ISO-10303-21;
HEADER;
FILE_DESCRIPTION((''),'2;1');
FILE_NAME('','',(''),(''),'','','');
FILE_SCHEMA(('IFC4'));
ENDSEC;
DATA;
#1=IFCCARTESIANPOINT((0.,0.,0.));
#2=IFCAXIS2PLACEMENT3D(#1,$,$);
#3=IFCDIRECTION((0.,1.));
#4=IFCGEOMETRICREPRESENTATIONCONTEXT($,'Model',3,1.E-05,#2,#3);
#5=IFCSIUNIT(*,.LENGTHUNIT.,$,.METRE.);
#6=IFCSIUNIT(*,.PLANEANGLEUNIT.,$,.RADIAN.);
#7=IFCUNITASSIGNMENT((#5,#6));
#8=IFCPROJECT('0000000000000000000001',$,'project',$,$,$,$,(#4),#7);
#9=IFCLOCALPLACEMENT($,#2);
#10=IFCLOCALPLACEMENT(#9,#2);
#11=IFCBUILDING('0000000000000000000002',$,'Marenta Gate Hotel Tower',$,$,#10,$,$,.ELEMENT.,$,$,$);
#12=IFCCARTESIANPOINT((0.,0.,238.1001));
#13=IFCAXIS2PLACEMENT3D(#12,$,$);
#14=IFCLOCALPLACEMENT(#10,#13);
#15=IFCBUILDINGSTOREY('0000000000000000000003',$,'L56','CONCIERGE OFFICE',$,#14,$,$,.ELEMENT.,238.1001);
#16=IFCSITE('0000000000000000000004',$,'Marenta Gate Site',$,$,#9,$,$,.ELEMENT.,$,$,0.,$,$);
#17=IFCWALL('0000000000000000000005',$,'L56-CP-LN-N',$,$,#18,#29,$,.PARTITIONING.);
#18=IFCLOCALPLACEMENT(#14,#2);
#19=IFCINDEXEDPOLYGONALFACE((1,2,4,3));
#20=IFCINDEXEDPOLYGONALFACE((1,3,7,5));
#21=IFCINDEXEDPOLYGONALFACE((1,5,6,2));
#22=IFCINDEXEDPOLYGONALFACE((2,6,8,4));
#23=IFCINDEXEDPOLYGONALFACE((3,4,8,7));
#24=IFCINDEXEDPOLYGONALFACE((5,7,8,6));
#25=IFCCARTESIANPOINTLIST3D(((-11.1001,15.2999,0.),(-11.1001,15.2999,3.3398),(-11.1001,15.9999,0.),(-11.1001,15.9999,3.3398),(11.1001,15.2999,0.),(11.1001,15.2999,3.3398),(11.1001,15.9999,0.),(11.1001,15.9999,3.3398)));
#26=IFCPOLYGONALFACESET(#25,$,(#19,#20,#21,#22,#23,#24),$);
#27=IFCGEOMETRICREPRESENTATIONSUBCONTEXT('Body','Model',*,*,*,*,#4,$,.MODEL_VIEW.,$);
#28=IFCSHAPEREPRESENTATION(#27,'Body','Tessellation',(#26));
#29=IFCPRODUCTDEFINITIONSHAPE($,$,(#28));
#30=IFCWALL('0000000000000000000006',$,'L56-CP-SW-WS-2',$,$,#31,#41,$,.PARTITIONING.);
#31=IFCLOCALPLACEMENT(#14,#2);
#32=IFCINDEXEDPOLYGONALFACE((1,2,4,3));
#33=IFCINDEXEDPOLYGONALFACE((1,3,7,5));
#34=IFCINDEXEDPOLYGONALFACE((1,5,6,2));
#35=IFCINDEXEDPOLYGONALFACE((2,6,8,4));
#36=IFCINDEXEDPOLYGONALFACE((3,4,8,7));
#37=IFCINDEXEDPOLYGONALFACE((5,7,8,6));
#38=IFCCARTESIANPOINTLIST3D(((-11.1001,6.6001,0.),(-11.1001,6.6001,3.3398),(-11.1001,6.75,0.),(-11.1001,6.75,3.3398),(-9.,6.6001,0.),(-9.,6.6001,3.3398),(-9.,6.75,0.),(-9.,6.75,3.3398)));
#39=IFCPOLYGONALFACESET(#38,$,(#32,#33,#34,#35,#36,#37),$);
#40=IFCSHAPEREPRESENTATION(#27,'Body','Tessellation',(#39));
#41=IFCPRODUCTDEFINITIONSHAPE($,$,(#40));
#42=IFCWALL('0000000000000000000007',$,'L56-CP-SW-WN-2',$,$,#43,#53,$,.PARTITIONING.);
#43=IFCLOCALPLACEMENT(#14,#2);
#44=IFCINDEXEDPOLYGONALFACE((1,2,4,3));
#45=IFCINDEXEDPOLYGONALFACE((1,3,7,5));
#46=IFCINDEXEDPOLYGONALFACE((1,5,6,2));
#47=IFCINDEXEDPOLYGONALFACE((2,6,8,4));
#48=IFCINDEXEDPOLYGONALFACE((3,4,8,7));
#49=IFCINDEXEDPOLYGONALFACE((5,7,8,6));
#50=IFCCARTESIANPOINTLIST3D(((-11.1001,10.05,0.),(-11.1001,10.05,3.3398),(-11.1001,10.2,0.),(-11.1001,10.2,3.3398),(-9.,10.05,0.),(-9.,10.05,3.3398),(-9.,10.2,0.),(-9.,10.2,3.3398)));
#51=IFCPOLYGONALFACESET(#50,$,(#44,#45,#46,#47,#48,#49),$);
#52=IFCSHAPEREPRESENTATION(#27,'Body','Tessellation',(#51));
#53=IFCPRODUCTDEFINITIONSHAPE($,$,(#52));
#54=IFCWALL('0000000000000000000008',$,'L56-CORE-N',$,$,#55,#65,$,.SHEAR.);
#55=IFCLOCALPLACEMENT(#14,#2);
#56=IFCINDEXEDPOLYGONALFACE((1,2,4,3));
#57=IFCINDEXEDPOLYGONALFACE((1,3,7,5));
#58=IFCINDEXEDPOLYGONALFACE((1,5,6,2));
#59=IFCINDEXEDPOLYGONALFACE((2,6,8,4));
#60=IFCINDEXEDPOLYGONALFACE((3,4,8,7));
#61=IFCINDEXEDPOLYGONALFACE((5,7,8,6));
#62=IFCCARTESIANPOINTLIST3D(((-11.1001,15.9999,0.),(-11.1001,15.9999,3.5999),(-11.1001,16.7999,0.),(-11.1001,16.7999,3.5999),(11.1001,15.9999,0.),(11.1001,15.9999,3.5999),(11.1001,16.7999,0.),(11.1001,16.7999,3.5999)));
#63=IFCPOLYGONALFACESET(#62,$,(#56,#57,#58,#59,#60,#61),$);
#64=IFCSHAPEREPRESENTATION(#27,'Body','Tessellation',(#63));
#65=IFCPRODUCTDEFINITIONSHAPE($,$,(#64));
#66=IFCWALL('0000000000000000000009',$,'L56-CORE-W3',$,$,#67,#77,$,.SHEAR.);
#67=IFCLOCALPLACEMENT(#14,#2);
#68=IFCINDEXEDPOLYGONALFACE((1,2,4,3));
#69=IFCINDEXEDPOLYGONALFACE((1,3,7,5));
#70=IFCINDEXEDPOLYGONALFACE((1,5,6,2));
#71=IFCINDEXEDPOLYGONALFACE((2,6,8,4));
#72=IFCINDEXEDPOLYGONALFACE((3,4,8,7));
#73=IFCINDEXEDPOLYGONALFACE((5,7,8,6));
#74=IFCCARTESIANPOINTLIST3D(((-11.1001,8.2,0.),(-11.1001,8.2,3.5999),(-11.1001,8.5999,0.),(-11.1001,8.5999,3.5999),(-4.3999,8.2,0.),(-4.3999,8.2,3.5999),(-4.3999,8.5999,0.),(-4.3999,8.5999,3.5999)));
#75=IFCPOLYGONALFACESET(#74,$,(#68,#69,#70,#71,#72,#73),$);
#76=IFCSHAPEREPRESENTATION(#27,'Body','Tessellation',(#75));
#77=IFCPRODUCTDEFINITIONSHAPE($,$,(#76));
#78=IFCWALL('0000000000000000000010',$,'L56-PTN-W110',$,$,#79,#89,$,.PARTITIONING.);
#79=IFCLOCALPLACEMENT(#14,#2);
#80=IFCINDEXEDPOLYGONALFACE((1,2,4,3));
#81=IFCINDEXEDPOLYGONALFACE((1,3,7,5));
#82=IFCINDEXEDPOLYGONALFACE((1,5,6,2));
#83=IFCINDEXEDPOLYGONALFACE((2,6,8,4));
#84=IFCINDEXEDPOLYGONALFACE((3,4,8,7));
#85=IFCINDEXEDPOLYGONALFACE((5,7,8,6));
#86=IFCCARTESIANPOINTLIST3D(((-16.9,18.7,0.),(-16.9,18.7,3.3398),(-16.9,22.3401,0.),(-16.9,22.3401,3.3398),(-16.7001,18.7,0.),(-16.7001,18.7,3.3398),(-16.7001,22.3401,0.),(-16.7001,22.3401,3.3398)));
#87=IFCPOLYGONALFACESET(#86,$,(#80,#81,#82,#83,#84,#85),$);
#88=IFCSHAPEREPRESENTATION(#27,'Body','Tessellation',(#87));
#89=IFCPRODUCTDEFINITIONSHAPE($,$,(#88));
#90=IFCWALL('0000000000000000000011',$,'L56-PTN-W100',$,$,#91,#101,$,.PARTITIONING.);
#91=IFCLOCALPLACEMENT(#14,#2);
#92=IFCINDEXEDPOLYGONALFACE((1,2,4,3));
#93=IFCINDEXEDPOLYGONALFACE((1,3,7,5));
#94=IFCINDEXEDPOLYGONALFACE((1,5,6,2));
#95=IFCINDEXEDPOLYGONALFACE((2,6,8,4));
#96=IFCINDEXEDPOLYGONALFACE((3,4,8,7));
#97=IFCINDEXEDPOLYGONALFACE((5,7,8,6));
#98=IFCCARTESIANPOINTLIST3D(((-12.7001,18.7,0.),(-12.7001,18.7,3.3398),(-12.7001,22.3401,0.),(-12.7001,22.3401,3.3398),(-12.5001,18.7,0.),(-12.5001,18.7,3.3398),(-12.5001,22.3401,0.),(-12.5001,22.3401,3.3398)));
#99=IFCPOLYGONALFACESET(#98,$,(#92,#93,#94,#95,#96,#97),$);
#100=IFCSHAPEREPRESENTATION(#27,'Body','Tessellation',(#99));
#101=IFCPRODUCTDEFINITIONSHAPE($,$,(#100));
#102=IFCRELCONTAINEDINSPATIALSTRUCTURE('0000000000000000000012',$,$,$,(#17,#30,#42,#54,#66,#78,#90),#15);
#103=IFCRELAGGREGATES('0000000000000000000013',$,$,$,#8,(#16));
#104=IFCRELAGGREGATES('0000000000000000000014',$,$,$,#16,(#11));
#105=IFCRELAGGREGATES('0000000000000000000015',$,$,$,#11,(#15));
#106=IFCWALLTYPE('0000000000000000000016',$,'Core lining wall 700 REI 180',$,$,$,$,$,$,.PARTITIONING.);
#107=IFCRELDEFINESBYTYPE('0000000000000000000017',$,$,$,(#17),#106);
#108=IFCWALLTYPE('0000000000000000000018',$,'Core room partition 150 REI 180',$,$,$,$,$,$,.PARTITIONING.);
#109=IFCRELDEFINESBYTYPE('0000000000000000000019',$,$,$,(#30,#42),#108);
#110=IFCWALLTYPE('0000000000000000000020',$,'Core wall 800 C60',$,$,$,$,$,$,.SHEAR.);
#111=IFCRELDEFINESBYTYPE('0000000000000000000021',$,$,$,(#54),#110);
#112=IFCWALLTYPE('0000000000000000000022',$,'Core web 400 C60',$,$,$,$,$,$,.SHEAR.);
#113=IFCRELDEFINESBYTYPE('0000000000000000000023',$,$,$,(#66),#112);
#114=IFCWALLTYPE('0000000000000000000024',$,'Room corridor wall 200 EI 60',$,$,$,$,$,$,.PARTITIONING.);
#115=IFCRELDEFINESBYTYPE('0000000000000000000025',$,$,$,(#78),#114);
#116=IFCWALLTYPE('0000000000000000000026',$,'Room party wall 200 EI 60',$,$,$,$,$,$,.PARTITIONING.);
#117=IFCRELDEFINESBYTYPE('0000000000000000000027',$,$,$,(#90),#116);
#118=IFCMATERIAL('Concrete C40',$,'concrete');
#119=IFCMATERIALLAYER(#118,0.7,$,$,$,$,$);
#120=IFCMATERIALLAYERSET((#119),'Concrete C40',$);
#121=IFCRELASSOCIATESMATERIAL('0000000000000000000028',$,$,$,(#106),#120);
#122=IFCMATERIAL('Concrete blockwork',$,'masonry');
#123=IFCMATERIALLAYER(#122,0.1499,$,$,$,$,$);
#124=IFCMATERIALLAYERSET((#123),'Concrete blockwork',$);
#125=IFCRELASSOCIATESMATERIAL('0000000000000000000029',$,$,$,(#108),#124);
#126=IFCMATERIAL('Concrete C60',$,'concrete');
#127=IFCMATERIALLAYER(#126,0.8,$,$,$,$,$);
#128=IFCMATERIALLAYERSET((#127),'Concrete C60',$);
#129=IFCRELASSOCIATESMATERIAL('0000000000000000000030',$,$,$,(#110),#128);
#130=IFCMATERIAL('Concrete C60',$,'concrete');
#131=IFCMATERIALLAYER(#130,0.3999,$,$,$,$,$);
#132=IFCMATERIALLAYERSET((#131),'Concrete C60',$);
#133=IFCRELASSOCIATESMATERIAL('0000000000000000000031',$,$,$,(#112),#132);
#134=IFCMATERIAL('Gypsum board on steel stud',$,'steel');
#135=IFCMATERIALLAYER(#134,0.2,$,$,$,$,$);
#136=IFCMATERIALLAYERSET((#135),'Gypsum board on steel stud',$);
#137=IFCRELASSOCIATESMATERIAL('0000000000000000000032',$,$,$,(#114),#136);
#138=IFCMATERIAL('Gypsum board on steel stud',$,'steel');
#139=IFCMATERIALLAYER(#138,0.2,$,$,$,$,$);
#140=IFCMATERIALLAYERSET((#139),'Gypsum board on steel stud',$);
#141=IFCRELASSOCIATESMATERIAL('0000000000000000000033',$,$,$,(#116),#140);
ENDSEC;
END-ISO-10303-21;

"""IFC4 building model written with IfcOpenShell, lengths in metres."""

from ifc_helpers import new_model, si_unit, direction, frame, frame_2d, origin, place, context, subcontext, project, spatial, rectangle, extrude, material, layer, layer_set, type_object, element, save


model = new_model("IFC4")

# Units and contexts
model_context = context("Model", 3, precision=1e-05, world=origin(), true_north=direction((0.0, 1.0)))
body_context = subcontext(model_context, "Body", "Model", "MODEL_VIEW")
ifc_project = project(units=[si_unit("LENGTHUNIT", "METRE"), si_unit("PLANEANGLEUNIT", "RADIAN")], contexts=[model_context])

# Site, building, storey
site_placement = place(None, origin())
site = spatial("IfcSite", under=ifc_project, at=site_placement, Name="Marenta Gate Site", CompositionType="ELEMENT", RefElevation=0.0)
building_placement = place(site_placement, origin())
building = spatial("IfcBuilding", under=site, at=building_placement, Name="Marenta Gate Hotel Tower", CompositionType="ELEMENT")
storey_placement = place(building_placement, frame((0.0, 0.0, 238.1001)))
storey = spatial("IfcBuildingStorey", under=building, at=storey_placement, Name="L56", Description="CONCIERGE OFFICE", CompositionType="ELEMENT", Elevation=238.1001)

# Walls
ifc_material_1 = material(Name="Concrete C40", Category="concrete")
ifc_layer_1 = layer(ifc_material_1, 0.7)
ifc_layer_set_1 = layer_set([ifc_layer_1], Name="Concrete C40")
wall_type_1 = type_object("IfcWallType", Name="Core lining wall 700 REI 180", PredefinedType="PARTITIONING", material=ifc_layer_set_1)
wall_1_placement = place(storey_placement, frame((-11.1001, 15.6499, 0.0), z_axis=(0.0, 0.0, 1.0), x_axis=(1.0, 0.0, 0.0)))
element("IfcWall", 1, at=wall_1_placement, inside=storey, type_object=wall_type_1, Name="L56-CP-LN-N", PredefinedType="PARTITIONING", context=body_context, shape_type="SweptSolid", body=[
    extrude(rectangle(XDim=22.2002, YDim=0.7, at=frame_2d((11.1001, 0.0))), origin(), (0.0, 0.0, 1.0), 3.3398),
])
ifc_material_2 = material(Name="Concrete blockwork", Category="masonry")
ifc_layer_2 = layer(ifc_material_2, 0.1499)
ifc_layer_set_2 = layer_set([ifc_layer_2], Name="Concrete blockwork")
wall_type_2 = type_object("IfcWallType", Name="Core room partition 150 REI 180", PredefinedType="PARTITIONING", material=ifc_layer_set_2)
for number, where, z_axis, x_axis, name in (
    (2, (-11.1001, 6.675, 0.0), (0.0, 0.0, 1.0), (1.0, 0.0, 0.0), "L56-CP-SW-WS-2"),
    (3, (-11.1001, 10.125, 0.0), (0.0, 0.0, 1.0), (1.0, 0.0, 0.0), "L56-CP-SW-WN-2"),
):
    element("IfcWall", number, at=place(storey_placement, frame(where, z_axis=z_axis, x_axis=x_axis)), inside=storey, type_object=wall_type_2, Name=name, PredefinedType="PARTITIONING", context=body_context, shape_type="SweptSolid", body=[
        extrude(rectangle(XDim=2.1001, YDim=0.1499, at=frame_2d((1.05, 0.0))), origin(), (0.0, 0.0, 1.0), 3.3398),
    ])
ifc_material_3 = material(Name="Concrete C60", Category="concrete")
ifc_layer_3 = layer(ifc_material_3, 0.8)
ifc_layer_set_3 = layer_set([ifc_layer_3], Name="Concrete C60")
wall_type_3 = type_object("IfcWallType", Name="Core wall 800 C60", PredefinedType="SHEAR", material=ifc_layer_set_3)
wall_2_placement = place(storey_placement, frame((-11.1001, 16.3999, 0.0), z_axis=(0.0, 0.0, 1.0), x_axis=(1.0, 0.0, 0.0)))
element("IfcWall", 4, at=wall_2_placement, inside=storey, type_object=wall_type_3, Name="L56-CORE-N", PredefinedType="SHEAR", context=body_context, shape_type="SweptSolid", body=[
    extrude(rectangle(XDim=22.2002, YDim=0.8, at=frame_2d((11.1001, 0.0))), origin(), (0.0, 0.0, 1.0), 3.5999),
])
ifc_material_4 = material(Name="Concrete C60", Category="concrete")
ifc_layer_4 = layer(ifc_material_4, 0.3999)
ifc_layer_set_4 = layer_set([ifc_layer_4], Name="Concrete C60")
wall_type_4 = type_object("IfcWallType", Name="Core web 400 C60", PredefinedType="SHEAR", material=ifc_layer_set_4)
wall_3_placement = place(storey_placement, frame((-11.1001, 8.3999, 0.0), z_axis=(0.0, 0.0, 1.0), x_axis=(1.0, 0.0, 0.0)))
element("IfcWall", 5, at=wall_3_placement, inside=storey, type_object=wall_type_4, Name="L56-CORE-W3", PredefinedType="SHEAR", context=body_context, shape_type="SweptSolid", body=[
    extrude(rectangle(XDim=6.7002, YDim=0.3999, at=frame_2d((3.3501, 0.0))), origin(), (0.0, 0.0, 1.0), 3.5999),
])
ifc_material_5 = material(Name="Gypsum board on steel stud", Category="steel")
ifc_layer_5 = layer(ifc_material_5, 0.2)
ifc_layer_set_5 = layer_set([ifc_layer_5], Name="Gypsum board on steel stud")
wall_type_5 = type_object("IfcWallType", Name="Room corridor wall 200 EI 60", PredefinedType="PARTITIONING", material=ifc_layer_set_5)
wall_4_placement = place(storey_placement, frame((-16.8, 18.7, 0.0), z_axis=(0.0, 0.0, 1.0), x_axis=(0.0, 1.0, 0.0)))
element("IfcWall", 6, at=wall_4_placement, inside=storey, type_object=wall_type_5, Name="L56-PTN-W110", PredefinedType="PARTITIONING", context=body_context, shape_type="SweptSolid", body=[
    extrude(rectangle(XDim=3.6401, YDim=0.2, at=frame_2d((1.8201, 0.0))), origin(), (0.0, 0.0, 1.0), 3.3398),
])

# Wall
ifc_material_6 = material(Name="Gypsum board on steel stud", Category="steel")
ifc_layer_6 = layer(ifc_material_6, 0.2)
ifc_layer_set_6 = layer_set([ifc_layer_6], Name="Gypsum board on steel stud")
wall_type_6 = type_object("IfcWallType", Name="Room party wall 200 EI 60", PredefinedType="PARTITIONING", material=ifc_layer_set_6)
wall_5_placement = place(storey_placement, frame((-12.6001, 18.7, 0.0), z_axis=(0.0, 0.0, 1.0), x_axis=(0.0, 1.0, 0.0)))
element("IfcWall", 7, at=wall_5_placement, inside=storey, type_object=wall_type_6, Name="L56-PTN-W100", PredefinedType="PARTITIONING", context=body_context, shape_type="SweptSolid", body=[
    extrude(rectangle(XDim=3.6401, YDim=0.2, at=frame_2d((1.8201, 0.0))), origin(), (0.0, 0.0, 1.0), 3.3398),
])

save(model, "model.ifc")
